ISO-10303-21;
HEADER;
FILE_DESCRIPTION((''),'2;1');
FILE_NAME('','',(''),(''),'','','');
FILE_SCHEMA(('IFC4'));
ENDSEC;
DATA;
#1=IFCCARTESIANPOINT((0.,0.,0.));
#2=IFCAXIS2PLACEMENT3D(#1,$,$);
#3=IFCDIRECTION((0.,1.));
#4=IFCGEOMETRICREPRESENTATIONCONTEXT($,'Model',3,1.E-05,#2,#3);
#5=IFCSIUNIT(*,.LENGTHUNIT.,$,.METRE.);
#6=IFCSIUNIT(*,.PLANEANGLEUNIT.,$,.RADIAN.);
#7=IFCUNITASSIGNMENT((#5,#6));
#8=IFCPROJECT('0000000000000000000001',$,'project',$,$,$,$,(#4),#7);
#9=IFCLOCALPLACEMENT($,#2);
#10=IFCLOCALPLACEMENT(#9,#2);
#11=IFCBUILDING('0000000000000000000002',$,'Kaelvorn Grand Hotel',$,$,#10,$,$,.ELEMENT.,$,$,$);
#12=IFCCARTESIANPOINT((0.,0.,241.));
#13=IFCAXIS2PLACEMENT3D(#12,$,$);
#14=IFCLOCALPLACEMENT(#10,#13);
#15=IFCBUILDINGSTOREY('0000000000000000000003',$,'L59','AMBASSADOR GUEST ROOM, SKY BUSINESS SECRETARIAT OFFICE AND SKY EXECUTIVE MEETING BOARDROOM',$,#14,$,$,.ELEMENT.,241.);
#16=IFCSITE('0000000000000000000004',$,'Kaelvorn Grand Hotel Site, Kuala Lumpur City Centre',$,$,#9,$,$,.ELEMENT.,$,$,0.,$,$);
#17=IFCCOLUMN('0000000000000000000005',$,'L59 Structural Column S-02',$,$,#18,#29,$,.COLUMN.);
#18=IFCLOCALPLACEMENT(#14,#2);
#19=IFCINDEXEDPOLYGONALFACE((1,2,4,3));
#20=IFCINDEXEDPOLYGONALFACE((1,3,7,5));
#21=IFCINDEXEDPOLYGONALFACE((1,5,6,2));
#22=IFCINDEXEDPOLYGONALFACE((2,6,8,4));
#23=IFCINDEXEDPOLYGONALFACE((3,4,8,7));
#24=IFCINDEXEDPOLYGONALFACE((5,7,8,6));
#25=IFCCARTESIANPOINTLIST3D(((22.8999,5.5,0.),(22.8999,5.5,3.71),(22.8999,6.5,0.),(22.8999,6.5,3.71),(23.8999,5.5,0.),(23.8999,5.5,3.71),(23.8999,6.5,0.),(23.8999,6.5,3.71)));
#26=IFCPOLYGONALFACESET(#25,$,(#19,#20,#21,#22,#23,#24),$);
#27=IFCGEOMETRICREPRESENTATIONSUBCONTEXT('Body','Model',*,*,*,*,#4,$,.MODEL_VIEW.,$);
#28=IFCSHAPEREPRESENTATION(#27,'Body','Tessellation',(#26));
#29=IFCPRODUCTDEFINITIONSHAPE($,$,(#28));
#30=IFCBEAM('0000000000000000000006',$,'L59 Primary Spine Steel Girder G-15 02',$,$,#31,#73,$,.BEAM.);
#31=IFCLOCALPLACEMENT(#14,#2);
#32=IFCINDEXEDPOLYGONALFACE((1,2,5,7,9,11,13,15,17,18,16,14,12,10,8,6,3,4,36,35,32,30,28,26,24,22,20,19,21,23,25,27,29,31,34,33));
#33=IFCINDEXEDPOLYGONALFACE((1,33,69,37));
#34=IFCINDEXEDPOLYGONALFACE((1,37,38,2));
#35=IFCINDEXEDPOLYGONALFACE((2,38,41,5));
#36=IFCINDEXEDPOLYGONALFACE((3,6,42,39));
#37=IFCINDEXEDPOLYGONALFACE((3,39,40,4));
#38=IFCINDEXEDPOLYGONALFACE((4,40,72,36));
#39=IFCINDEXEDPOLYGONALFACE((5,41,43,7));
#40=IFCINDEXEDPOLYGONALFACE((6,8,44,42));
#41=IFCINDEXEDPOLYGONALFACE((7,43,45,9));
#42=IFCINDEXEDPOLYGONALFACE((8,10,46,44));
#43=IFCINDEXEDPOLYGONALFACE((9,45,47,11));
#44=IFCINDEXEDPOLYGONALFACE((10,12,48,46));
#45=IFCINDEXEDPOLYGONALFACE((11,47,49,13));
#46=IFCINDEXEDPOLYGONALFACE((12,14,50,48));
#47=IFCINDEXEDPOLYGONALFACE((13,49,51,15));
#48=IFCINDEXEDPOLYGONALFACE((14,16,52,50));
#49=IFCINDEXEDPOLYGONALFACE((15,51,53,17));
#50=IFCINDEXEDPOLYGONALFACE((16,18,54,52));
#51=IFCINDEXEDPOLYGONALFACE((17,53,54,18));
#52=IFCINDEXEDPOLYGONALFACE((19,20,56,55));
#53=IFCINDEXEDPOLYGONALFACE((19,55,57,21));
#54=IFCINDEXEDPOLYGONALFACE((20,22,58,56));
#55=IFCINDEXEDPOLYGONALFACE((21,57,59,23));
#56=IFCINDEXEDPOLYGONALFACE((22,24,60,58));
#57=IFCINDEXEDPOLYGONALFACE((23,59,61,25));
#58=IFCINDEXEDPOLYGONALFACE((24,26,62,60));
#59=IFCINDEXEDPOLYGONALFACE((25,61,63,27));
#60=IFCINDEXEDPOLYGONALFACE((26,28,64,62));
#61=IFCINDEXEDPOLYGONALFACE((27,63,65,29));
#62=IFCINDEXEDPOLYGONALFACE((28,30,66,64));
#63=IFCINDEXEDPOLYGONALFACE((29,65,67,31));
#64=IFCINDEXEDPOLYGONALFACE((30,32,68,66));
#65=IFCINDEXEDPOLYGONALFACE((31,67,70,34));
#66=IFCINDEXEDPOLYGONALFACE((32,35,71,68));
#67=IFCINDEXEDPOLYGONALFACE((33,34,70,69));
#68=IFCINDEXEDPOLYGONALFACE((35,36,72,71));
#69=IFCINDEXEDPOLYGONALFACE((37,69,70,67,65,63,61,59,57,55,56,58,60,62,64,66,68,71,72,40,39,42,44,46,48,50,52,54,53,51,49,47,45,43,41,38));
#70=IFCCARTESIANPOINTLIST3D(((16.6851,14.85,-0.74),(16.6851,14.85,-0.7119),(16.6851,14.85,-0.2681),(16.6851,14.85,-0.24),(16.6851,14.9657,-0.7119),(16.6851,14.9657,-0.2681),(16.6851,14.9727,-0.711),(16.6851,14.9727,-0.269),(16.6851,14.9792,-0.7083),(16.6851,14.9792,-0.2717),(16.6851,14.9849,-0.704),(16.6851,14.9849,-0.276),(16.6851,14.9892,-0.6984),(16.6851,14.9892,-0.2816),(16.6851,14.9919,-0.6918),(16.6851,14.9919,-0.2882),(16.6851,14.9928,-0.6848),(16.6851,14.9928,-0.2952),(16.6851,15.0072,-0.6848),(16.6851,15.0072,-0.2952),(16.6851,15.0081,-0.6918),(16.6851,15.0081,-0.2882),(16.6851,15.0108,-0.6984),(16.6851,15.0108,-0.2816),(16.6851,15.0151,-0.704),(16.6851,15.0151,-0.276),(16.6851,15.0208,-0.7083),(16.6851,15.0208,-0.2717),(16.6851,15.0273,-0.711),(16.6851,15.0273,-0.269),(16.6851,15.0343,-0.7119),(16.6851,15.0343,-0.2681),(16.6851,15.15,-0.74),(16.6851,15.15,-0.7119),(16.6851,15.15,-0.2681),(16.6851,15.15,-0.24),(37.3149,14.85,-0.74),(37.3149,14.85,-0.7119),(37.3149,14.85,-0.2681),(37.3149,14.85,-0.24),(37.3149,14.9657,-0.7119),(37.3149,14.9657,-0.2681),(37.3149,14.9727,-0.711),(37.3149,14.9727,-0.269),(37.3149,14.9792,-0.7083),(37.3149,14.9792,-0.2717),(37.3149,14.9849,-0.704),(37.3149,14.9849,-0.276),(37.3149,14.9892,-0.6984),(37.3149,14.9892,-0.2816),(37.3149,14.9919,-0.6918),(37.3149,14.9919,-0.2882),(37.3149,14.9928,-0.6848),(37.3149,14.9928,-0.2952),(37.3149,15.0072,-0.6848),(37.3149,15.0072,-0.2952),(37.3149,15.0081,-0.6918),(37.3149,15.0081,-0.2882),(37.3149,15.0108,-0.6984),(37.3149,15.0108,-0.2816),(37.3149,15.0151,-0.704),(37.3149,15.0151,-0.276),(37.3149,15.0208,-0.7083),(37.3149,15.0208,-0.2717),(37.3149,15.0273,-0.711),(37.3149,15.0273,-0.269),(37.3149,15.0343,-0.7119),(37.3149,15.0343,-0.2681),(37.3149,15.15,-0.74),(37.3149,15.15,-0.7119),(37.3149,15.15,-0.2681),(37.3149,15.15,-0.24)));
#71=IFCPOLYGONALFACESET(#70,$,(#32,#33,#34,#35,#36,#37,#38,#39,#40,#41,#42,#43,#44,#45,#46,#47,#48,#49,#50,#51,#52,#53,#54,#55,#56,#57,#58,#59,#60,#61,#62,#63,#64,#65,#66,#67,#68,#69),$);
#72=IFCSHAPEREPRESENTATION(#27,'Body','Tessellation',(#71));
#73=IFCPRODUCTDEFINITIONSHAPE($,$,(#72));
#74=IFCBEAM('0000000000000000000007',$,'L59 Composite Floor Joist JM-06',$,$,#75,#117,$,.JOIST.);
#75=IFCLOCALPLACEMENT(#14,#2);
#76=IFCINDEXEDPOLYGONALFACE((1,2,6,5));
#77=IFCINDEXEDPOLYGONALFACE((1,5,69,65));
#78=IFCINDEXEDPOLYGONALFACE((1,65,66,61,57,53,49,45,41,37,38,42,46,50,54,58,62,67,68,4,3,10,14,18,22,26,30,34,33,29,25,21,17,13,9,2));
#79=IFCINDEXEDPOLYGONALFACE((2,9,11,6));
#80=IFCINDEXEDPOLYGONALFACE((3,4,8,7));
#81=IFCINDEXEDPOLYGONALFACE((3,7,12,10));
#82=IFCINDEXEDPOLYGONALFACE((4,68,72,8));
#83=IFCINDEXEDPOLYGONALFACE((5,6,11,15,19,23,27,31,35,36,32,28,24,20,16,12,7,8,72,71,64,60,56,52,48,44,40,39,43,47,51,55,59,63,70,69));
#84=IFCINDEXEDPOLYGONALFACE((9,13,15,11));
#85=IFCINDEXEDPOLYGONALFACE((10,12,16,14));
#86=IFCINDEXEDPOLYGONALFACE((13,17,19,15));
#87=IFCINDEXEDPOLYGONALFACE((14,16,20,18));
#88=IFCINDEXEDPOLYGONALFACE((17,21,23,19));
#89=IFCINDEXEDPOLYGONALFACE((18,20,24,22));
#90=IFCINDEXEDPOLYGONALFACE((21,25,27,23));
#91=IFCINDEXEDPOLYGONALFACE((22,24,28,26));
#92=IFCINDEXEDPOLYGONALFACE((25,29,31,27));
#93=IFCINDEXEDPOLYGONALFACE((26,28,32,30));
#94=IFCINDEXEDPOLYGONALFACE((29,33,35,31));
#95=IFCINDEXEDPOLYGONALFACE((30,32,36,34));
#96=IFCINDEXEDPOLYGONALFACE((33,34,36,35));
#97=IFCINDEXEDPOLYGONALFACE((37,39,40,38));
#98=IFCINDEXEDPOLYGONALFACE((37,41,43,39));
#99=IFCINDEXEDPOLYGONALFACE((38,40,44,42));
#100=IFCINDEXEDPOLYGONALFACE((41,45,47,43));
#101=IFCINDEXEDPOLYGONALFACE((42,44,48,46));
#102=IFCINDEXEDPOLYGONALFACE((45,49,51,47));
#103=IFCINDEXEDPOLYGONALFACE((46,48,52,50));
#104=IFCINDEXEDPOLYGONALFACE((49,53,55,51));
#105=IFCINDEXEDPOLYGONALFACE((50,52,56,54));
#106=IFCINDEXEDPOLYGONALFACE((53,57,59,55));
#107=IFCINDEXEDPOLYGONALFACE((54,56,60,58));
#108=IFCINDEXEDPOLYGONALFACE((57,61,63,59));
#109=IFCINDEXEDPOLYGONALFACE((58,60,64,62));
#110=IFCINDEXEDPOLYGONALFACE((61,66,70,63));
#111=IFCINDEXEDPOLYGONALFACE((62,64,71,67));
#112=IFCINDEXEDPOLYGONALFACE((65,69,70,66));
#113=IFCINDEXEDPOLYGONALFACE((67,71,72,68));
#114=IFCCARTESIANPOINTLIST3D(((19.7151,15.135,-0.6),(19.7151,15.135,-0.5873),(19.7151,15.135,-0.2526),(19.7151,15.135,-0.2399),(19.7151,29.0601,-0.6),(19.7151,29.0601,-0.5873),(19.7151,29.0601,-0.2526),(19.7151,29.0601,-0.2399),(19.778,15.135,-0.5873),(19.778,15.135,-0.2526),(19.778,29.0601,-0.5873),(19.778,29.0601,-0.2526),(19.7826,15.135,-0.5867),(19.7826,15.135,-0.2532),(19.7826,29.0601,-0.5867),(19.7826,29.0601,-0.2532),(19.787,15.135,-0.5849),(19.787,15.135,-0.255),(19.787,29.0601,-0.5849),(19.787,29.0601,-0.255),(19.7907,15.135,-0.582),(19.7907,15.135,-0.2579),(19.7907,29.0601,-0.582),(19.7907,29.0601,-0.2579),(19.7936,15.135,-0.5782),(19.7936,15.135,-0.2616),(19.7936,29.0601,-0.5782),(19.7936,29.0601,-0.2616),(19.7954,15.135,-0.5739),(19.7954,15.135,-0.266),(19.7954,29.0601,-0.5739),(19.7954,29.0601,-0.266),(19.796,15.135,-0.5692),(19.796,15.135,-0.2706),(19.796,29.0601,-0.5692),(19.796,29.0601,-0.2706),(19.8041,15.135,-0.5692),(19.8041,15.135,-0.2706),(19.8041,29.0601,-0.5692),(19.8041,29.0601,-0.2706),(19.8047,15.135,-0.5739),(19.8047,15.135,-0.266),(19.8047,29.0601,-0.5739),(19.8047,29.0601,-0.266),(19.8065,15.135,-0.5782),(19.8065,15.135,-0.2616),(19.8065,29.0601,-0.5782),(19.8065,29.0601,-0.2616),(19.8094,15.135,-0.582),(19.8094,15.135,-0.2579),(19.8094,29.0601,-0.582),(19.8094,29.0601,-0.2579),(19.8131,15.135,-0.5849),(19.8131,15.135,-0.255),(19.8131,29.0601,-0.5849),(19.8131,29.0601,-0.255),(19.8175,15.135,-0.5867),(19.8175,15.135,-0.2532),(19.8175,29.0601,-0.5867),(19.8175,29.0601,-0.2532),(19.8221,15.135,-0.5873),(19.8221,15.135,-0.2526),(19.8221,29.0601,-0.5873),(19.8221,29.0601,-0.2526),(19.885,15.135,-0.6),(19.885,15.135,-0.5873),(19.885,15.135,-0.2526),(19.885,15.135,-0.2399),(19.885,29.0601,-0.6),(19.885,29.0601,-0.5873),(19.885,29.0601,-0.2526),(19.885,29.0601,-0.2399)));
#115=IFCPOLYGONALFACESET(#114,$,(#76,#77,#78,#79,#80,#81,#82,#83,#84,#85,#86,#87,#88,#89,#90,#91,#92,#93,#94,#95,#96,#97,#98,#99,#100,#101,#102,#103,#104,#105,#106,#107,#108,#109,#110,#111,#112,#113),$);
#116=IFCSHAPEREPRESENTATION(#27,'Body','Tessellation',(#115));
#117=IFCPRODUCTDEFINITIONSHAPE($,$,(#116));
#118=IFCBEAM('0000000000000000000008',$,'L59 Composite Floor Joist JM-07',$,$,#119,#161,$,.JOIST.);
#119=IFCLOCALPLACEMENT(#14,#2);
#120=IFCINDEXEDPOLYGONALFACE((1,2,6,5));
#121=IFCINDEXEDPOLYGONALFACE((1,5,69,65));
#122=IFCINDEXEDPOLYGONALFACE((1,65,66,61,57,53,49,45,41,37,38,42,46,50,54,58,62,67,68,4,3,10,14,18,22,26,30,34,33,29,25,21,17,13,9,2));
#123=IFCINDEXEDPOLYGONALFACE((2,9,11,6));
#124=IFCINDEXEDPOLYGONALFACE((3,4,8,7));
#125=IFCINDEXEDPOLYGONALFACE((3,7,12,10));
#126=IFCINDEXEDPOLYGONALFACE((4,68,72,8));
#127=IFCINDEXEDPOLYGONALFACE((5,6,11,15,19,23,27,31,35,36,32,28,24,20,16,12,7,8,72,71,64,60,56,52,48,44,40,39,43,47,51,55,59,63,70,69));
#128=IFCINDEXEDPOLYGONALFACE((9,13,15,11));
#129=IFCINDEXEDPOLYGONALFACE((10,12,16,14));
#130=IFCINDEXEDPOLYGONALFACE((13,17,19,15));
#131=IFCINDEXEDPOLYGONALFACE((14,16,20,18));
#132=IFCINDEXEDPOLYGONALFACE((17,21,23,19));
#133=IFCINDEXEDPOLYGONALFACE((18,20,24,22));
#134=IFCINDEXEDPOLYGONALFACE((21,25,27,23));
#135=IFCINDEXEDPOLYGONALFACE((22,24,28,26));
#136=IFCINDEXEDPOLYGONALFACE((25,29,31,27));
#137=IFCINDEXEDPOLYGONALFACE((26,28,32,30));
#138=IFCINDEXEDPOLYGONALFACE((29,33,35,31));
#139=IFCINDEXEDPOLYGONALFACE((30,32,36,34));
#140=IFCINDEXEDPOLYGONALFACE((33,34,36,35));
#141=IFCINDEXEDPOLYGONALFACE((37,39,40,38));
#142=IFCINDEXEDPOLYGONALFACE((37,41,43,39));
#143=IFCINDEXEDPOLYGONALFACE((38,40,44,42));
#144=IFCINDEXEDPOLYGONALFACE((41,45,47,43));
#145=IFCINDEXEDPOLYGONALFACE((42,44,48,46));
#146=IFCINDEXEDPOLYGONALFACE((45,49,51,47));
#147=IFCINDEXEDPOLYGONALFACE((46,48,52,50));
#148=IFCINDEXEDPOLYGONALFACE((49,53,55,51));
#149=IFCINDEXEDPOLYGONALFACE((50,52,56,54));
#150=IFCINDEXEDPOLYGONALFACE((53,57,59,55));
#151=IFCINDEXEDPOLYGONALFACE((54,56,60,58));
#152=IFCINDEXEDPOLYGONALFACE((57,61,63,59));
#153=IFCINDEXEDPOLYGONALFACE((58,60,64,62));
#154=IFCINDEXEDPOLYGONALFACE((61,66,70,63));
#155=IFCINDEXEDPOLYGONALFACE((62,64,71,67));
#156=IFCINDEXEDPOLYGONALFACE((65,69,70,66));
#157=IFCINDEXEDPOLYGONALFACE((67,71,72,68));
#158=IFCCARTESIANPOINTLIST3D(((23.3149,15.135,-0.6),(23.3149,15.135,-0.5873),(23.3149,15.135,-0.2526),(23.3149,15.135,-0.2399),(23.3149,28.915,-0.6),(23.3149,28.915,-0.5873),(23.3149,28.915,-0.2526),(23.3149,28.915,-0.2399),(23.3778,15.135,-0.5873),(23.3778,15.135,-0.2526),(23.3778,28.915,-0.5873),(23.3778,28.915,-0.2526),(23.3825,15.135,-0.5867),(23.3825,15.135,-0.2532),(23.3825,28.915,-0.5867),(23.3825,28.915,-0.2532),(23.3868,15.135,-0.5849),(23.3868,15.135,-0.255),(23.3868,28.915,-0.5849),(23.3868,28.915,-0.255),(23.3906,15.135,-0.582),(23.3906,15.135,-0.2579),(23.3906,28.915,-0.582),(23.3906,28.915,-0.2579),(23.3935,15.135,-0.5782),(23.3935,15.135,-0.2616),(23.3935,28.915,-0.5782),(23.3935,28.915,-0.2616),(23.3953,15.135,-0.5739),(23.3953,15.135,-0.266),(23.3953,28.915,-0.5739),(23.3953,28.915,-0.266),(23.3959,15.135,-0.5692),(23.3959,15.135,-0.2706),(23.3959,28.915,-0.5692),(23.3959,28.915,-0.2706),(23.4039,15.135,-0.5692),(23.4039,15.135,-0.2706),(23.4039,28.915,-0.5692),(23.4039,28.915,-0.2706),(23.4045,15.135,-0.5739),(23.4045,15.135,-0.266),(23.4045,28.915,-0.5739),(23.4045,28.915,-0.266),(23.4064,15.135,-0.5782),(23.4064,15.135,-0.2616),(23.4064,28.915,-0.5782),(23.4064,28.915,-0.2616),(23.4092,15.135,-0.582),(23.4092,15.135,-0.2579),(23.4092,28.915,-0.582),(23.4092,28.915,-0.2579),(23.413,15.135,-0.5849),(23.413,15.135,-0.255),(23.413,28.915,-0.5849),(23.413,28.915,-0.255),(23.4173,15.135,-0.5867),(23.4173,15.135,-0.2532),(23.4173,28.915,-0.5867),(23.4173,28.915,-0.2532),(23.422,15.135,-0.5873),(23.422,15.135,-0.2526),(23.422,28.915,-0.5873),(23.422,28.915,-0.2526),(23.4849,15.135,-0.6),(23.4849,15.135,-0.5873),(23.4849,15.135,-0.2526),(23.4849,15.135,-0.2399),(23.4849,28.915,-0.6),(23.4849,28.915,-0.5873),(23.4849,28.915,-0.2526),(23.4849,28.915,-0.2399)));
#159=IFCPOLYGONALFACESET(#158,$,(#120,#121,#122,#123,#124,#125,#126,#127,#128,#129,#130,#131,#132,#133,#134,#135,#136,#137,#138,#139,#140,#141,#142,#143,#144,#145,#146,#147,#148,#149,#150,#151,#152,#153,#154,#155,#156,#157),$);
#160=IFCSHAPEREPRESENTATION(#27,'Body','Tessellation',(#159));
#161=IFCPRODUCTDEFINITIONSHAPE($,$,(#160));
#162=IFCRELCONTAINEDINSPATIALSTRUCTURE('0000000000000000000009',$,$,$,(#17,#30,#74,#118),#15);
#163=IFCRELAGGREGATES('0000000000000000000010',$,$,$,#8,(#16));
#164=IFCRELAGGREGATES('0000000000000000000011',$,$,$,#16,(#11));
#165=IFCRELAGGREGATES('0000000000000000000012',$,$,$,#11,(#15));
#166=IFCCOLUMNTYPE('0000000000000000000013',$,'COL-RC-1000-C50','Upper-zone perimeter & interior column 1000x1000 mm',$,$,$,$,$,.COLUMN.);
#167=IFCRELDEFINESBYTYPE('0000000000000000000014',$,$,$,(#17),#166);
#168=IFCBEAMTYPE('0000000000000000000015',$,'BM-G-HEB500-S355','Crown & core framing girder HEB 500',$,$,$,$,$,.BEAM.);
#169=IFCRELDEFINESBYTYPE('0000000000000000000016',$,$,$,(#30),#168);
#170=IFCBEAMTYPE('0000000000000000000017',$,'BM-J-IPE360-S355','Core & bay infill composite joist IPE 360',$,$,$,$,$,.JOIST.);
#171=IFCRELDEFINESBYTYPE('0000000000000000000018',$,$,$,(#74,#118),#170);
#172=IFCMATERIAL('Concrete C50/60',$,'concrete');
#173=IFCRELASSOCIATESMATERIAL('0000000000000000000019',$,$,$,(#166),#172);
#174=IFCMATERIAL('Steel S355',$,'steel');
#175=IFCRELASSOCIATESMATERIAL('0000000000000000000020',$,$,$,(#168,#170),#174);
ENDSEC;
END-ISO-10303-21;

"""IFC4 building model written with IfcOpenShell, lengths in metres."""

from ifc_helpers import new_model, si_unit, direction, frame, origin, origin_2d, place, context, subcontext, project, spatial, rectangle, i_section, extrude, material, material_profile, profile_set, type_object, element, save


model = new_model("IFC4")

# Units and contexts
model_context = context("Model", 3, precision=1e-05, world=origin(), true_north=direction((0.0, 1.0)))
body_context = subcontext(model_context, "Body", "Model", "MODEL_VIEW")
ifc_project = project(units=[si_unit("LENGTHUNIT", "METRE"), si_unit("PLANEANGLEUNIT", "RADIAN")], contexts=[model_context])

# Site, building, storey
site_placement = place(None, origin())
site = spatial("IfcSite", under=ifc_project, at=site_placement, Name="Kaelvorn Grand Hotel Site, Kuala Lumpur City Centre", CompositionType="ELEMENT", RefElevation=0.0)
building_placement = place(site_placement, origin())
building = spatial("IfcBuilding", under=site, at=building_placement, Name="Kaelvorn Grand Hotel", CompositionType="ELEMENT")
storey_placement = place(building_placement, frame((0.0, 0.0, 241.0)))
storey = spatial("IfcBuildingStorey", under=building, at=storey_placement, Name="L59", Description="AMBASSADOR GUEST ROOM, SKY BUSINESS SECRETARIAT OFFICE AND SKY EXECUTIVE MEETING BOARDROOM", CompositionType="ELEMENT", Elevation=241.0)

# Column
ifc_material_1 = material(Name="Concrete C50/60", Category="concrete")
ifc_material_profile_1 = material_profile(ifc_material_1, rectangle(XDim=1.0, YDim=1.0, at=origin_2d()), Name="RC COL 1000x1000")
ifc_profile_set_1 = profile_set([ifc_material_profile_1], Name="Concrete C50/60")
column_type = type_object("IfcColumnType", Name="COL-RC-1000-C50", Description="Upper-zone perimeter & interior column 1000x1000 mm", PredefinedType="COLUMN", material=ifc_profile_set_1)
column_placement = place(storey_placement, frame((23.3999, 6.0, 0.0), z_axis=(0.0, 0.0, 1.0), x_axis=(1.0, 0.0, 0.0)))
element("IfcColumn", 1, at=column_placement, inside=storey, type_object=column_type, Name="L59 Structural Column S-02", PredefinedType="COLUMN", context=body_context, shape_type="SweptSolid", body=[
    extrude(rectangle(XDim=1.0, YDim=1.0, at=origin_2d()), origin(), (0.0, 0.0, 1.0), 3.71),
])

# Beams
ifc_material_2 = material(Name="Steel S355", Category="steel")
ifc_material_profile_2 = material_profile(ifc_material_2, i_section(OverallWidth=0.3, OverallDepth=0.5, WebThickness=0.0144, FlangeThickness=0.0281, FilletRadius=0.0271, at=origin_2d()), Name="HEB 500")
ifc_profile_set_2 = profile_set([ifc_material_profile_2], Name="Steel S355")
beam_type_1 = type_object("IfcBeamType", Name="BM-G-HEB500-S355", Description="Crown & core framing girder HEB 500", PredefinedType="BEAM", material=ifc_profile_set_2)
beam_1_placement = place(storey_placement, frame((16.6851, 15.0, -0.49), z_axis=(1.0, 0.0, 0.0), x_axis=(0.0, 1.0, 0.0)))
element("IfcBeam", 2, at=beam_1_placement, inside=storey, type_object=beam_type_1, Name="L59 Primary Spine Steel Girder G-15 02", PredefinedType="BEAM", context=body_context, shape_type="SweptSolid", body=[
    extrude(i_section(OverallWidth=0.3, OverallDepth=0.5, WebThickness=0.0144, FlangeThickness=0.0281, FilletRadius=0.0271, at=origin_2d()), origin(), (0.0, 0.0, 1.0), 20.6299),
])
ifc_material_profile_3 = material_profile(ifc_material_2, i_section(OverallWidth=0.1699, OverallDepth=0.3601, WebThickness=0.0081, FlangeThickness=0.0127, FilletRadius=0.0181, at=origin_2d()), Name="IPE 360")
ifc_profile_set_3 = profile_set([ifc_material_profile_3], Name="Steel S355")
beam_type_2 = type_object("IfcBeamType", Name="BM-J-IPE360-S355", Description="Core & bay infill composite joist IPE 360", PredefinedType="JOIST", material=ifc_profile_set_3)
beam_2_placement = place(storey_placement, frame((19.8, 15.135, -0.4199), z_axis=(0.0, 1.0, 0.0), x_axis=(-1.0, 0.0, 0.0)))
element("IfcBeam", 3, at=beam_2_placement, inside=storey, type_object=beam_type_2, Name="L59 Composite Floor Joist JM-06", PredefinedType="JOIST", context=body_context, shape_type="SweptSolid", body=[
    extrude(i_section(OverallWidth=0.1699, OverallDepth=0.3601, WebThickness=0.0081, FlangeThickness=0.0127, FilletRadius=0.0181, at=origin_2d()), origin(), (0.0, 0.0, 1.0), 13.925),
])
beam_3_placement = place(storey_placement, frame((23.3999, 15.135, -0.4199), z_axis=(0.0, 1.0, 0.0), x_axis=(-1.0, 0.0, 0.0)))
element("IfcBeam", 4, at=beam_3_placement, inside=storey, type_object=beam_type_2, Name="L59 Composite Floor Joist JM-07", PredefinedType="JOIST", context=body_context, shape_type="SweptSolid", body=[
    extrude(i_section(OverallWidth=0.1699, OverallDepth=0.3601, WebThickness=0.0081, FlangeThickness=0.0127, FilletRadius=0.0181, at=origin_2d()), origin(), (0.0, 0.0, 1.0), 13.78),
])

save(model, "model.ifc")
